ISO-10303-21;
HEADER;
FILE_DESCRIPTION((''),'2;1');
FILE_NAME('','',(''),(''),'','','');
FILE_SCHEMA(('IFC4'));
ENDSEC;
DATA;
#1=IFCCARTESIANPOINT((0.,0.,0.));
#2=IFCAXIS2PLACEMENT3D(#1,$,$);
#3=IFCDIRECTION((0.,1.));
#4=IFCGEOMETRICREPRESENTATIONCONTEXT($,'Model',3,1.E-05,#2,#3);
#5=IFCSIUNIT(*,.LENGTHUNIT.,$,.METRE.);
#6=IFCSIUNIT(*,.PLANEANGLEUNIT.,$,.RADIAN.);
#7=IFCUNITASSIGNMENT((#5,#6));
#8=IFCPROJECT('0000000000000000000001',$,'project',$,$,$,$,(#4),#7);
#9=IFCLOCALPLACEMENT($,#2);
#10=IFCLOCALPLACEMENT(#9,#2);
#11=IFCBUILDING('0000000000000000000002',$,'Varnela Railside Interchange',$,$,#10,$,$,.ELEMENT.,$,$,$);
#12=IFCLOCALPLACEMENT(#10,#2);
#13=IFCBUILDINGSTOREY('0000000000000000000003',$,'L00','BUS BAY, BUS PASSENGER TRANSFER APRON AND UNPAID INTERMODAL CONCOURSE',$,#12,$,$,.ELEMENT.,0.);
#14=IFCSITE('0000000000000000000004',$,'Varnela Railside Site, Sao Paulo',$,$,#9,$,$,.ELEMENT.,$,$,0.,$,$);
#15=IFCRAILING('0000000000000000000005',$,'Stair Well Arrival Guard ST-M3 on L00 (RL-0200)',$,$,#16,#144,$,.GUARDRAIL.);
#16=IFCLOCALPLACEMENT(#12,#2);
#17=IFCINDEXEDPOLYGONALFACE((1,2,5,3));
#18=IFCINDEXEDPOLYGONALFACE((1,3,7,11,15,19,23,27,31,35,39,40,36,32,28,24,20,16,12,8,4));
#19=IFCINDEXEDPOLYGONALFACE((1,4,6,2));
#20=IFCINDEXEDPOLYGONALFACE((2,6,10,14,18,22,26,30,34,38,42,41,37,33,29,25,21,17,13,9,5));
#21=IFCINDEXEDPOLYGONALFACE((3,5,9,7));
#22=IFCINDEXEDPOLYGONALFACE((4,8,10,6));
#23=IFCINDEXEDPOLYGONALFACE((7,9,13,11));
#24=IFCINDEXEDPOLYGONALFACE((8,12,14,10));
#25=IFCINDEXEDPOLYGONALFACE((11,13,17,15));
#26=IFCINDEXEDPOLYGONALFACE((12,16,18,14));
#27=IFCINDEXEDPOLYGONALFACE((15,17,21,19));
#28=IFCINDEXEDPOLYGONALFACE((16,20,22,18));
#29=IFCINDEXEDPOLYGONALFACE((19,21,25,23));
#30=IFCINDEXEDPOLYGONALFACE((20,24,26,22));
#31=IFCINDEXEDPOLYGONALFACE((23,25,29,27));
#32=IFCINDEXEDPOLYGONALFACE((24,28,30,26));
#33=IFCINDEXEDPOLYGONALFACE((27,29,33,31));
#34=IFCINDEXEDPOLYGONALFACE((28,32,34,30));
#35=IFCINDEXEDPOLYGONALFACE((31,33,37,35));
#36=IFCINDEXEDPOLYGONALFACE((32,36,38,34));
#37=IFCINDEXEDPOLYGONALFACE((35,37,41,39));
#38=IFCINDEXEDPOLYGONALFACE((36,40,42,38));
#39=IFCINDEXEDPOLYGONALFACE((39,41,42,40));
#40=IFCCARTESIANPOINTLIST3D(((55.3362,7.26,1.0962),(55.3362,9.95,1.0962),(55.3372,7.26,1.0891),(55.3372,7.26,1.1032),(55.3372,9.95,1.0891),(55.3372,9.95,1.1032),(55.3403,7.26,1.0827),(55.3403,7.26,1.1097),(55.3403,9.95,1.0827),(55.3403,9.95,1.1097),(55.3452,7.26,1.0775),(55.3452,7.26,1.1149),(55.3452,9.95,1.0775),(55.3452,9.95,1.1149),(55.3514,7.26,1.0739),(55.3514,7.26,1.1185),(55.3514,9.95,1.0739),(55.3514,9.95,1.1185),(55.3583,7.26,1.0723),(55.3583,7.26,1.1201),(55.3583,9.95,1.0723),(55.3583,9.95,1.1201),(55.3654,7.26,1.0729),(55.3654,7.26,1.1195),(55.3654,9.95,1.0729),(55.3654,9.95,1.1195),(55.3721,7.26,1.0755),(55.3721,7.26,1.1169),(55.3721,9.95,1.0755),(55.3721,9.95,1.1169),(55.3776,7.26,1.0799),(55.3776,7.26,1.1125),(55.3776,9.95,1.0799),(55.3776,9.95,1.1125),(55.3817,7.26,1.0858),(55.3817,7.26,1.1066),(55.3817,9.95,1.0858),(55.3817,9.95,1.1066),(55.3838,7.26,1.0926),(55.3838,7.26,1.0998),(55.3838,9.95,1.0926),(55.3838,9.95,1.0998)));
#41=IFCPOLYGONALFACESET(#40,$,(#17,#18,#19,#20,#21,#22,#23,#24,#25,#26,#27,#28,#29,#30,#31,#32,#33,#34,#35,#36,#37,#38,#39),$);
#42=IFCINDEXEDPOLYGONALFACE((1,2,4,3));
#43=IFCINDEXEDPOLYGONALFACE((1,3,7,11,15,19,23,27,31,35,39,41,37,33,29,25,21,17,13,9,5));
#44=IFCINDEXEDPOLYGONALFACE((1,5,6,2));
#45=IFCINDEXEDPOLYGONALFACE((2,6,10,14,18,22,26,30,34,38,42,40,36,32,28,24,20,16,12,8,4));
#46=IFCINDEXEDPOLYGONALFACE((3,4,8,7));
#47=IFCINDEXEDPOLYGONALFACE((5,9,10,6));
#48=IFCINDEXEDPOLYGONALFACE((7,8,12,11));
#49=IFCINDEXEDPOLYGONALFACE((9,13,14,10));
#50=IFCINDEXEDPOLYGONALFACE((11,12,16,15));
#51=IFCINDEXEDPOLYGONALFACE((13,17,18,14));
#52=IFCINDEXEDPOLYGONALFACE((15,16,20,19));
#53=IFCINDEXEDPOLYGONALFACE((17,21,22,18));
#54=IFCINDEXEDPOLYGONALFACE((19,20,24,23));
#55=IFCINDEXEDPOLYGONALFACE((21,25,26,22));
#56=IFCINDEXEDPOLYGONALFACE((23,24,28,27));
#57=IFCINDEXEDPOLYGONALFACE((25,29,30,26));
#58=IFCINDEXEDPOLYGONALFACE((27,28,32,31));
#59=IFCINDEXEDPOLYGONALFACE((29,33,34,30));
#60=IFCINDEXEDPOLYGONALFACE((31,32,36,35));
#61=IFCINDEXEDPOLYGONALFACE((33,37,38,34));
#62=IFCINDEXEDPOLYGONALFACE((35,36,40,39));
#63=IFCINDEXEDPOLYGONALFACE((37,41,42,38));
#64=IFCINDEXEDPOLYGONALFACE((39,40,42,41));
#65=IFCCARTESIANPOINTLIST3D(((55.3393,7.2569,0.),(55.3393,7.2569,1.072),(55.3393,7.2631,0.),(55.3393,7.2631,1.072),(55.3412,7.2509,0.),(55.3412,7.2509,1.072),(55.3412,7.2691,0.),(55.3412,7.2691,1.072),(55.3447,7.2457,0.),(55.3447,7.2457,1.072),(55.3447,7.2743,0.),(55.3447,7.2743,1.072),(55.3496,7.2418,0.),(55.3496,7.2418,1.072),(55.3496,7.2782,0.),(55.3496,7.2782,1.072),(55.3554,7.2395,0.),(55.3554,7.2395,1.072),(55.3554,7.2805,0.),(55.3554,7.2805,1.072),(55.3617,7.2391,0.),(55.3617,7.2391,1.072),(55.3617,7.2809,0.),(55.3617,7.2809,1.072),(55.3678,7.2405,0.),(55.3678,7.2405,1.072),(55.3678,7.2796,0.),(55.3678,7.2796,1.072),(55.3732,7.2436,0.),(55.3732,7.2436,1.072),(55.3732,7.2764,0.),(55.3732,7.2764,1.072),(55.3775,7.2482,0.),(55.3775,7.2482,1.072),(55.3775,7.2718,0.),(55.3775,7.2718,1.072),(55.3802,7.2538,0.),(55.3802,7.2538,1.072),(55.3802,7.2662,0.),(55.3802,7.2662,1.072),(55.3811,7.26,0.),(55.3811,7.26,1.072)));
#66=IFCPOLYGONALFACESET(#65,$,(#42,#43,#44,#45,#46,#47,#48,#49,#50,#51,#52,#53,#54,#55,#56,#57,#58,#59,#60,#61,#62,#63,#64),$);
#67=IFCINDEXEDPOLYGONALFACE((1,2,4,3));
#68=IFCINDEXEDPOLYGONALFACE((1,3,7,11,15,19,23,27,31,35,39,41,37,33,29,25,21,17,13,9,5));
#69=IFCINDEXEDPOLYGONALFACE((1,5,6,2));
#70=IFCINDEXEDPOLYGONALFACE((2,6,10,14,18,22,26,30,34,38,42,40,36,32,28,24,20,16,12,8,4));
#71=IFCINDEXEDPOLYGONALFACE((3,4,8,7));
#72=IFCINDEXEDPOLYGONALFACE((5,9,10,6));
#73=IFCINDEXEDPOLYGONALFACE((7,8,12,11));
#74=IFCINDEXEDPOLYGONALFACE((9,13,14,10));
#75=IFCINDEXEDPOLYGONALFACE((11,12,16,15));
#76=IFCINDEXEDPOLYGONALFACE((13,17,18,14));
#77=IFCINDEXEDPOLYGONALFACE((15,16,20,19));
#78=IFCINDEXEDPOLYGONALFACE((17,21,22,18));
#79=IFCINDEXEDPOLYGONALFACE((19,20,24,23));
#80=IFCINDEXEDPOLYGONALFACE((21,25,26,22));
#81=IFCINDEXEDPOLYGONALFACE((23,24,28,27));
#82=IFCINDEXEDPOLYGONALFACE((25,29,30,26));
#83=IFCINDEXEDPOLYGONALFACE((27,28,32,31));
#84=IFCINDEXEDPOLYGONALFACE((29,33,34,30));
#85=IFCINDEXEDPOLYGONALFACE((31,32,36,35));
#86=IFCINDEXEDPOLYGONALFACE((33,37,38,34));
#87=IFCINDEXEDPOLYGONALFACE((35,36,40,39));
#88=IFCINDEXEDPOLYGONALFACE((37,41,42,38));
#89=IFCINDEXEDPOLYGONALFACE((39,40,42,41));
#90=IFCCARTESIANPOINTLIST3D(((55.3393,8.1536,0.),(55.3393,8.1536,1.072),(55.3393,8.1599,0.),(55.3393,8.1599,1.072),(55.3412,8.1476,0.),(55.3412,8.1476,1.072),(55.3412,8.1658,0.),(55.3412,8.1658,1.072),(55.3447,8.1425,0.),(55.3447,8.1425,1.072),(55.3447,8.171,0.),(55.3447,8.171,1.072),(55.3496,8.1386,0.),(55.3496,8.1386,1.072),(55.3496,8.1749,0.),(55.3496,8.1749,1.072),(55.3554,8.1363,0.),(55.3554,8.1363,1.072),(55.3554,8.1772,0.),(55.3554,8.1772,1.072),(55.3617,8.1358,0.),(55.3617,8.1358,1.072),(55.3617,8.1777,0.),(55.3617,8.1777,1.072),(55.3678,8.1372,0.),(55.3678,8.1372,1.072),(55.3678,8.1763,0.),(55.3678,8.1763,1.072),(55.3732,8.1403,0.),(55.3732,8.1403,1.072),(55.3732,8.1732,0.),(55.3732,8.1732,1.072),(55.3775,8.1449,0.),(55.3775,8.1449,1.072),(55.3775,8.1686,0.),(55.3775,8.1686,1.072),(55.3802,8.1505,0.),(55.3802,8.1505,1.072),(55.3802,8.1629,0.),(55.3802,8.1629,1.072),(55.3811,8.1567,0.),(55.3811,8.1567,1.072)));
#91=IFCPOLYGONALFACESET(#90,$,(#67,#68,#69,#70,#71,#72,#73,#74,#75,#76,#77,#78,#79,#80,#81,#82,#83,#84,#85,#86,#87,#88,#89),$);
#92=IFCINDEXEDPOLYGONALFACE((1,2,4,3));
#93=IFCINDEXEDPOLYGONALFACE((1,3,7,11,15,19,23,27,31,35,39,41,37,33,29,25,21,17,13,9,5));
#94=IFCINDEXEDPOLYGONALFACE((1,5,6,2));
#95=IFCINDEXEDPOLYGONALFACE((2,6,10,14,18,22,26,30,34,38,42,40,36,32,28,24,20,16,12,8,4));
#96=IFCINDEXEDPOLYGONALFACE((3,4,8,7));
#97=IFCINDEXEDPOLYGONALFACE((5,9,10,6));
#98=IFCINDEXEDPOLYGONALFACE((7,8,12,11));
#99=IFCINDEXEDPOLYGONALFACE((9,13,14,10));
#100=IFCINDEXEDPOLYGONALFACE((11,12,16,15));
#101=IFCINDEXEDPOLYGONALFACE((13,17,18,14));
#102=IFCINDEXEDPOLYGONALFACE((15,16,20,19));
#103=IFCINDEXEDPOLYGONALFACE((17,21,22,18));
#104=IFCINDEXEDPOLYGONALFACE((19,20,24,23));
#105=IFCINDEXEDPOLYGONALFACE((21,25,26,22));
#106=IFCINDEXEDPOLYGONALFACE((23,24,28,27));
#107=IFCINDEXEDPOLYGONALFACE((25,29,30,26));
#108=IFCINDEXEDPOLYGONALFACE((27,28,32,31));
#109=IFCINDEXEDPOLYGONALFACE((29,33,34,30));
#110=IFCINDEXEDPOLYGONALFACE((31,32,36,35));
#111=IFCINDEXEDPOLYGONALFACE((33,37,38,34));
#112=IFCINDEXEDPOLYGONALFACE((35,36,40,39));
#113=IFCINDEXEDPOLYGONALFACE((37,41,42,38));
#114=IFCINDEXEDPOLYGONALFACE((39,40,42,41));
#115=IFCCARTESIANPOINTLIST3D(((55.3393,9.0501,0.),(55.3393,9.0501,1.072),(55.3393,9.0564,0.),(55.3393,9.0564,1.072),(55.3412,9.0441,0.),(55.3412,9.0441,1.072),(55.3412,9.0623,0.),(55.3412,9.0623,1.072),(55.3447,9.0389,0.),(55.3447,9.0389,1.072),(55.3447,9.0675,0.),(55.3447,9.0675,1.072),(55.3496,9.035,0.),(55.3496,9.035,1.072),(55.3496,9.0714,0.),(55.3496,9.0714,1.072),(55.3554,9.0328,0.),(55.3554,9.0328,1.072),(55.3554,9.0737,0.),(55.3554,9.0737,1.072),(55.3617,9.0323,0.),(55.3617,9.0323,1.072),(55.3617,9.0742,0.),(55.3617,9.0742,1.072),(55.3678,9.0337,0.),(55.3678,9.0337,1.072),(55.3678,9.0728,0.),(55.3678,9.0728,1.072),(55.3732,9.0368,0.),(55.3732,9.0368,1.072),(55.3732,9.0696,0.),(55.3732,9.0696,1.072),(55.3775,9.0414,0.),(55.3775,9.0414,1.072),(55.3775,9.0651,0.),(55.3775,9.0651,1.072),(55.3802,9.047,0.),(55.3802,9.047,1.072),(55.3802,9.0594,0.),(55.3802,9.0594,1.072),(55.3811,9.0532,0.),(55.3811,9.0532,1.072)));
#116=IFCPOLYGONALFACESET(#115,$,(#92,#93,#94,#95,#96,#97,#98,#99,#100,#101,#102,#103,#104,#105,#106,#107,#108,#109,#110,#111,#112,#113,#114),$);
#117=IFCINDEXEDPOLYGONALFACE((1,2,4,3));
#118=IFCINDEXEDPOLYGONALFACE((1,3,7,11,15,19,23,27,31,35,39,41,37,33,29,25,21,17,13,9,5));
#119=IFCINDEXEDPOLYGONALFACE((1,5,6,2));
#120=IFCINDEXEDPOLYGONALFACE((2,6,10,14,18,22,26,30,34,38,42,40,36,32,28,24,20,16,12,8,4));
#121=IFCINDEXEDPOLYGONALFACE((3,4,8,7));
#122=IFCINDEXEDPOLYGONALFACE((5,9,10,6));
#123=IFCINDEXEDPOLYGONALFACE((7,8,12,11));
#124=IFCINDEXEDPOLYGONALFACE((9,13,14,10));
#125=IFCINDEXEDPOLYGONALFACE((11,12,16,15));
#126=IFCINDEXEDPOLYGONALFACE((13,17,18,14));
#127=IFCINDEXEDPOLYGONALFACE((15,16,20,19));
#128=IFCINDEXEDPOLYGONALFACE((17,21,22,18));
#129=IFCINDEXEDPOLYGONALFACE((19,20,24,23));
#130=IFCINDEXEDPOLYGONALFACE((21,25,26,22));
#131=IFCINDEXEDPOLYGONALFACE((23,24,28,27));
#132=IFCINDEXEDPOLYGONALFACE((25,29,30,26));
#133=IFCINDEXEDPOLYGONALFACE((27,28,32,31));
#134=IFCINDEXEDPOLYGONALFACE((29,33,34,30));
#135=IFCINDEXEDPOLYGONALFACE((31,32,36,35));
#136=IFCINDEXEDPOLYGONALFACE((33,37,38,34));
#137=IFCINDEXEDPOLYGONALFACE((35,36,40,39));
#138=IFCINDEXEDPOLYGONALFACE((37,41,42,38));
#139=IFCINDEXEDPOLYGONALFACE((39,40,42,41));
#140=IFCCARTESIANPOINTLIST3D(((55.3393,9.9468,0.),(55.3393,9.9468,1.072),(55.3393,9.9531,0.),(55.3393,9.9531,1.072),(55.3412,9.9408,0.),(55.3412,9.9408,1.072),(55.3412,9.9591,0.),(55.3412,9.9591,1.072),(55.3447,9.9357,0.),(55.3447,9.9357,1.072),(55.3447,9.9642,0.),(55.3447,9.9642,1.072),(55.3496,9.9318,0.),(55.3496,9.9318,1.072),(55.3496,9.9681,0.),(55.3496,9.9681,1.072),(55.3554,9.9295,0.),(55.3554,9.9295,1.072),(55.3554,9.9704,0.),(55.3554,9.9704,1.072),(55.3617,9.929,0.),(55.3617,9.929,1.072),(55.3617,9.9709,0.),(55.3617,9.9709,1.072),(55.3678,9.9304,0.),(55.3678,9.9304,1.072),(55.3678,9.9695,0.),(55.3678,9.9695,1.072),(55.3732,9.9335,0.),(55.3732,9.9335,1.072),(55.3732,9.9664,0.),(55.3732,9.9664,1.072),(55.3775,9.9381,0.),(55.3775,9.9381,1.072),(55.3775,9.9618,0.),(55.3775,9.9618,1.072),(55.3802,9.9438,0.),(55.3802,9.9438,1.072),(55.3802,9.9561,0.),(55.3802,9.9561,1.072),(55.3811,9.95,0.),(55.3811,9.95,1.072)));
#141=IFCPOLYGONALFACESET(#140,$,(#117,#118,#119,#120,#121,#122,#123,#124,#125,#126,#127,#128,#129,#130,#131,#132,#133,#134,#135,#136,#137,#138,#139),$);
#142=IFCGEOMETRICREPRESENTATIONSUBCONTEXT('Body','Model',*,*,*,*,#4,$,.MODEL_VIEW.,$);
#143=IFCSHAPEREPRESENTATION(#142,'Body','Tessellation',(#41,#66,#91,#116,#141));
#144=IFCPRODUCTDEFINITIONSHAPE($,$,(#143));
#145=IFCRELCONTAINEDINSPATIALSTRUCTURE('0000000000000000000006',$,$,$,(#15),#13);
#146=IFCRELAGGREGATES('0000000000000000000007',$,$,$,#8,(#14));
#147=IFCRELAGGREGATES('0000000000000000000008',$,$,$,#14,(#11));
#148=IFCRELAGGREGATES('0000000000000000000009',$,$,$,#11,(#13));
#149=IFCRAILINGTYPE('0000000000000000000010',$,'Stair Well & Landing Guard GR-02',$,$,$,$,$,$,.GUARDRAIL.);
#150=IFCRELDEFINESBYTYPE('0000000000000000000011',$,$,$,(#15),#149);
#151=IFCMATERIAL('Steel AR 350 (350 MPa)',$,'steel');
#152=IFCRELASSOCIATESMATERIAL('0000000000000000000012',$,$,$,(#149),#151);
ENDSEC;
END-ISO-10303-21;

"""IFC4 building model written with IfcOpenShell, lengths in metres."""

from ifc_helpers import new_model, si_unit, direction, frame, origin, origin_2d, place, context, subcontext, project, spatial, circle, extrude, material, type_object, element, save


model = new_model("IFC4")

# Units and contexts
model_context = context("Model", 3, precision=1e-05, world=origin(), true_north=direction((0.0, 1.0)))
body_context = subcontext(model_context, "Body", "Model", "MODEL_VIEW")
ifc_project = project(units=[si_unit("LENGTHUNIT", "METRE"), si_unit("PLANEANGLEUNIT", "RADIAN")], contexts=[model_context])

# Site, building, storey
site_placement = place(None, origin())
site = spatial("IfcSite", under=ifc_project, at=site_placement, Name="Varnela Railside Site, Sao Paulo", CompositionType="ELEMENT", RefElevation=0.0)
building_placement = place(site_placement, origin())
building = spatial("IfcBuilding", under=site, at=building_placement, Name="Varnela Railside Interchange", CompositionType="ELEMENT")
storey_placement = place(building_placement, origin())
storey = spatial("IfcBuildingStorey", under=building, at=storey_placement, Name="L00", Description="BUS BAY, BUS PASSENGER TRANSFER APRON AND UNPAID INTERMODAL CONCOURSE", CompositionType="ELEMENT", Elevation=0.0)

# Shared definitions
ifc_material_1 = material(Name="Steel AR 350 (350 MPa)", Category="steel")

# Railing
railing_type = type_object("IfcRailingType", Name="Stair Well & Landing Guard GR-02", PredefinedType="GUARDRAIL", material=ifc_material_1)
railing_placement = place(storey_placement, frame((55.3601, 7.26, 0.0)))
element("IfcRailing", 1, at=railing_placement, inside=storey, type_object=railing_type, Name="Stair Well Arrival Guard ST-M3 on L00 (RL-0200)", PredefinedType="GUARDRAIL", context=body_context, shape_type="SweptSolid", body=[
    extrude(circle(Radius=0.0239, at=origin_2d()), frame((0.0, 0.0, 1.0962), z_axis=(0.0, 1.0, 0.0), x_axis=(-1.0, 0.0, 0.0)), (0.0, 0.0, 1.0), 2.6899),
    extrude(circle(Radius=0.021, at=origin_2d()), origin(), (0.0, 0.0, 1.0), 1.072),
    extrude(circle(Radius=0.021, at=origin_2d()), frame((0.0, 0.8967, 0.0)), (0.0, 0.0, 1.0), 1.072),
    extrude(circle(Radius=0.021, at=origin_2d()), frame((0.0, 1.7932, 0.0)), (0.0, 0.0, 1.0), 1.072),
    extrude(circle(Radius=0.021, at=origin_2d()), frame((0.0, 2.6899, 0.0)), (0.0, 0.0, 1.0), 1.072),
])

save(model, "model.ifc")
